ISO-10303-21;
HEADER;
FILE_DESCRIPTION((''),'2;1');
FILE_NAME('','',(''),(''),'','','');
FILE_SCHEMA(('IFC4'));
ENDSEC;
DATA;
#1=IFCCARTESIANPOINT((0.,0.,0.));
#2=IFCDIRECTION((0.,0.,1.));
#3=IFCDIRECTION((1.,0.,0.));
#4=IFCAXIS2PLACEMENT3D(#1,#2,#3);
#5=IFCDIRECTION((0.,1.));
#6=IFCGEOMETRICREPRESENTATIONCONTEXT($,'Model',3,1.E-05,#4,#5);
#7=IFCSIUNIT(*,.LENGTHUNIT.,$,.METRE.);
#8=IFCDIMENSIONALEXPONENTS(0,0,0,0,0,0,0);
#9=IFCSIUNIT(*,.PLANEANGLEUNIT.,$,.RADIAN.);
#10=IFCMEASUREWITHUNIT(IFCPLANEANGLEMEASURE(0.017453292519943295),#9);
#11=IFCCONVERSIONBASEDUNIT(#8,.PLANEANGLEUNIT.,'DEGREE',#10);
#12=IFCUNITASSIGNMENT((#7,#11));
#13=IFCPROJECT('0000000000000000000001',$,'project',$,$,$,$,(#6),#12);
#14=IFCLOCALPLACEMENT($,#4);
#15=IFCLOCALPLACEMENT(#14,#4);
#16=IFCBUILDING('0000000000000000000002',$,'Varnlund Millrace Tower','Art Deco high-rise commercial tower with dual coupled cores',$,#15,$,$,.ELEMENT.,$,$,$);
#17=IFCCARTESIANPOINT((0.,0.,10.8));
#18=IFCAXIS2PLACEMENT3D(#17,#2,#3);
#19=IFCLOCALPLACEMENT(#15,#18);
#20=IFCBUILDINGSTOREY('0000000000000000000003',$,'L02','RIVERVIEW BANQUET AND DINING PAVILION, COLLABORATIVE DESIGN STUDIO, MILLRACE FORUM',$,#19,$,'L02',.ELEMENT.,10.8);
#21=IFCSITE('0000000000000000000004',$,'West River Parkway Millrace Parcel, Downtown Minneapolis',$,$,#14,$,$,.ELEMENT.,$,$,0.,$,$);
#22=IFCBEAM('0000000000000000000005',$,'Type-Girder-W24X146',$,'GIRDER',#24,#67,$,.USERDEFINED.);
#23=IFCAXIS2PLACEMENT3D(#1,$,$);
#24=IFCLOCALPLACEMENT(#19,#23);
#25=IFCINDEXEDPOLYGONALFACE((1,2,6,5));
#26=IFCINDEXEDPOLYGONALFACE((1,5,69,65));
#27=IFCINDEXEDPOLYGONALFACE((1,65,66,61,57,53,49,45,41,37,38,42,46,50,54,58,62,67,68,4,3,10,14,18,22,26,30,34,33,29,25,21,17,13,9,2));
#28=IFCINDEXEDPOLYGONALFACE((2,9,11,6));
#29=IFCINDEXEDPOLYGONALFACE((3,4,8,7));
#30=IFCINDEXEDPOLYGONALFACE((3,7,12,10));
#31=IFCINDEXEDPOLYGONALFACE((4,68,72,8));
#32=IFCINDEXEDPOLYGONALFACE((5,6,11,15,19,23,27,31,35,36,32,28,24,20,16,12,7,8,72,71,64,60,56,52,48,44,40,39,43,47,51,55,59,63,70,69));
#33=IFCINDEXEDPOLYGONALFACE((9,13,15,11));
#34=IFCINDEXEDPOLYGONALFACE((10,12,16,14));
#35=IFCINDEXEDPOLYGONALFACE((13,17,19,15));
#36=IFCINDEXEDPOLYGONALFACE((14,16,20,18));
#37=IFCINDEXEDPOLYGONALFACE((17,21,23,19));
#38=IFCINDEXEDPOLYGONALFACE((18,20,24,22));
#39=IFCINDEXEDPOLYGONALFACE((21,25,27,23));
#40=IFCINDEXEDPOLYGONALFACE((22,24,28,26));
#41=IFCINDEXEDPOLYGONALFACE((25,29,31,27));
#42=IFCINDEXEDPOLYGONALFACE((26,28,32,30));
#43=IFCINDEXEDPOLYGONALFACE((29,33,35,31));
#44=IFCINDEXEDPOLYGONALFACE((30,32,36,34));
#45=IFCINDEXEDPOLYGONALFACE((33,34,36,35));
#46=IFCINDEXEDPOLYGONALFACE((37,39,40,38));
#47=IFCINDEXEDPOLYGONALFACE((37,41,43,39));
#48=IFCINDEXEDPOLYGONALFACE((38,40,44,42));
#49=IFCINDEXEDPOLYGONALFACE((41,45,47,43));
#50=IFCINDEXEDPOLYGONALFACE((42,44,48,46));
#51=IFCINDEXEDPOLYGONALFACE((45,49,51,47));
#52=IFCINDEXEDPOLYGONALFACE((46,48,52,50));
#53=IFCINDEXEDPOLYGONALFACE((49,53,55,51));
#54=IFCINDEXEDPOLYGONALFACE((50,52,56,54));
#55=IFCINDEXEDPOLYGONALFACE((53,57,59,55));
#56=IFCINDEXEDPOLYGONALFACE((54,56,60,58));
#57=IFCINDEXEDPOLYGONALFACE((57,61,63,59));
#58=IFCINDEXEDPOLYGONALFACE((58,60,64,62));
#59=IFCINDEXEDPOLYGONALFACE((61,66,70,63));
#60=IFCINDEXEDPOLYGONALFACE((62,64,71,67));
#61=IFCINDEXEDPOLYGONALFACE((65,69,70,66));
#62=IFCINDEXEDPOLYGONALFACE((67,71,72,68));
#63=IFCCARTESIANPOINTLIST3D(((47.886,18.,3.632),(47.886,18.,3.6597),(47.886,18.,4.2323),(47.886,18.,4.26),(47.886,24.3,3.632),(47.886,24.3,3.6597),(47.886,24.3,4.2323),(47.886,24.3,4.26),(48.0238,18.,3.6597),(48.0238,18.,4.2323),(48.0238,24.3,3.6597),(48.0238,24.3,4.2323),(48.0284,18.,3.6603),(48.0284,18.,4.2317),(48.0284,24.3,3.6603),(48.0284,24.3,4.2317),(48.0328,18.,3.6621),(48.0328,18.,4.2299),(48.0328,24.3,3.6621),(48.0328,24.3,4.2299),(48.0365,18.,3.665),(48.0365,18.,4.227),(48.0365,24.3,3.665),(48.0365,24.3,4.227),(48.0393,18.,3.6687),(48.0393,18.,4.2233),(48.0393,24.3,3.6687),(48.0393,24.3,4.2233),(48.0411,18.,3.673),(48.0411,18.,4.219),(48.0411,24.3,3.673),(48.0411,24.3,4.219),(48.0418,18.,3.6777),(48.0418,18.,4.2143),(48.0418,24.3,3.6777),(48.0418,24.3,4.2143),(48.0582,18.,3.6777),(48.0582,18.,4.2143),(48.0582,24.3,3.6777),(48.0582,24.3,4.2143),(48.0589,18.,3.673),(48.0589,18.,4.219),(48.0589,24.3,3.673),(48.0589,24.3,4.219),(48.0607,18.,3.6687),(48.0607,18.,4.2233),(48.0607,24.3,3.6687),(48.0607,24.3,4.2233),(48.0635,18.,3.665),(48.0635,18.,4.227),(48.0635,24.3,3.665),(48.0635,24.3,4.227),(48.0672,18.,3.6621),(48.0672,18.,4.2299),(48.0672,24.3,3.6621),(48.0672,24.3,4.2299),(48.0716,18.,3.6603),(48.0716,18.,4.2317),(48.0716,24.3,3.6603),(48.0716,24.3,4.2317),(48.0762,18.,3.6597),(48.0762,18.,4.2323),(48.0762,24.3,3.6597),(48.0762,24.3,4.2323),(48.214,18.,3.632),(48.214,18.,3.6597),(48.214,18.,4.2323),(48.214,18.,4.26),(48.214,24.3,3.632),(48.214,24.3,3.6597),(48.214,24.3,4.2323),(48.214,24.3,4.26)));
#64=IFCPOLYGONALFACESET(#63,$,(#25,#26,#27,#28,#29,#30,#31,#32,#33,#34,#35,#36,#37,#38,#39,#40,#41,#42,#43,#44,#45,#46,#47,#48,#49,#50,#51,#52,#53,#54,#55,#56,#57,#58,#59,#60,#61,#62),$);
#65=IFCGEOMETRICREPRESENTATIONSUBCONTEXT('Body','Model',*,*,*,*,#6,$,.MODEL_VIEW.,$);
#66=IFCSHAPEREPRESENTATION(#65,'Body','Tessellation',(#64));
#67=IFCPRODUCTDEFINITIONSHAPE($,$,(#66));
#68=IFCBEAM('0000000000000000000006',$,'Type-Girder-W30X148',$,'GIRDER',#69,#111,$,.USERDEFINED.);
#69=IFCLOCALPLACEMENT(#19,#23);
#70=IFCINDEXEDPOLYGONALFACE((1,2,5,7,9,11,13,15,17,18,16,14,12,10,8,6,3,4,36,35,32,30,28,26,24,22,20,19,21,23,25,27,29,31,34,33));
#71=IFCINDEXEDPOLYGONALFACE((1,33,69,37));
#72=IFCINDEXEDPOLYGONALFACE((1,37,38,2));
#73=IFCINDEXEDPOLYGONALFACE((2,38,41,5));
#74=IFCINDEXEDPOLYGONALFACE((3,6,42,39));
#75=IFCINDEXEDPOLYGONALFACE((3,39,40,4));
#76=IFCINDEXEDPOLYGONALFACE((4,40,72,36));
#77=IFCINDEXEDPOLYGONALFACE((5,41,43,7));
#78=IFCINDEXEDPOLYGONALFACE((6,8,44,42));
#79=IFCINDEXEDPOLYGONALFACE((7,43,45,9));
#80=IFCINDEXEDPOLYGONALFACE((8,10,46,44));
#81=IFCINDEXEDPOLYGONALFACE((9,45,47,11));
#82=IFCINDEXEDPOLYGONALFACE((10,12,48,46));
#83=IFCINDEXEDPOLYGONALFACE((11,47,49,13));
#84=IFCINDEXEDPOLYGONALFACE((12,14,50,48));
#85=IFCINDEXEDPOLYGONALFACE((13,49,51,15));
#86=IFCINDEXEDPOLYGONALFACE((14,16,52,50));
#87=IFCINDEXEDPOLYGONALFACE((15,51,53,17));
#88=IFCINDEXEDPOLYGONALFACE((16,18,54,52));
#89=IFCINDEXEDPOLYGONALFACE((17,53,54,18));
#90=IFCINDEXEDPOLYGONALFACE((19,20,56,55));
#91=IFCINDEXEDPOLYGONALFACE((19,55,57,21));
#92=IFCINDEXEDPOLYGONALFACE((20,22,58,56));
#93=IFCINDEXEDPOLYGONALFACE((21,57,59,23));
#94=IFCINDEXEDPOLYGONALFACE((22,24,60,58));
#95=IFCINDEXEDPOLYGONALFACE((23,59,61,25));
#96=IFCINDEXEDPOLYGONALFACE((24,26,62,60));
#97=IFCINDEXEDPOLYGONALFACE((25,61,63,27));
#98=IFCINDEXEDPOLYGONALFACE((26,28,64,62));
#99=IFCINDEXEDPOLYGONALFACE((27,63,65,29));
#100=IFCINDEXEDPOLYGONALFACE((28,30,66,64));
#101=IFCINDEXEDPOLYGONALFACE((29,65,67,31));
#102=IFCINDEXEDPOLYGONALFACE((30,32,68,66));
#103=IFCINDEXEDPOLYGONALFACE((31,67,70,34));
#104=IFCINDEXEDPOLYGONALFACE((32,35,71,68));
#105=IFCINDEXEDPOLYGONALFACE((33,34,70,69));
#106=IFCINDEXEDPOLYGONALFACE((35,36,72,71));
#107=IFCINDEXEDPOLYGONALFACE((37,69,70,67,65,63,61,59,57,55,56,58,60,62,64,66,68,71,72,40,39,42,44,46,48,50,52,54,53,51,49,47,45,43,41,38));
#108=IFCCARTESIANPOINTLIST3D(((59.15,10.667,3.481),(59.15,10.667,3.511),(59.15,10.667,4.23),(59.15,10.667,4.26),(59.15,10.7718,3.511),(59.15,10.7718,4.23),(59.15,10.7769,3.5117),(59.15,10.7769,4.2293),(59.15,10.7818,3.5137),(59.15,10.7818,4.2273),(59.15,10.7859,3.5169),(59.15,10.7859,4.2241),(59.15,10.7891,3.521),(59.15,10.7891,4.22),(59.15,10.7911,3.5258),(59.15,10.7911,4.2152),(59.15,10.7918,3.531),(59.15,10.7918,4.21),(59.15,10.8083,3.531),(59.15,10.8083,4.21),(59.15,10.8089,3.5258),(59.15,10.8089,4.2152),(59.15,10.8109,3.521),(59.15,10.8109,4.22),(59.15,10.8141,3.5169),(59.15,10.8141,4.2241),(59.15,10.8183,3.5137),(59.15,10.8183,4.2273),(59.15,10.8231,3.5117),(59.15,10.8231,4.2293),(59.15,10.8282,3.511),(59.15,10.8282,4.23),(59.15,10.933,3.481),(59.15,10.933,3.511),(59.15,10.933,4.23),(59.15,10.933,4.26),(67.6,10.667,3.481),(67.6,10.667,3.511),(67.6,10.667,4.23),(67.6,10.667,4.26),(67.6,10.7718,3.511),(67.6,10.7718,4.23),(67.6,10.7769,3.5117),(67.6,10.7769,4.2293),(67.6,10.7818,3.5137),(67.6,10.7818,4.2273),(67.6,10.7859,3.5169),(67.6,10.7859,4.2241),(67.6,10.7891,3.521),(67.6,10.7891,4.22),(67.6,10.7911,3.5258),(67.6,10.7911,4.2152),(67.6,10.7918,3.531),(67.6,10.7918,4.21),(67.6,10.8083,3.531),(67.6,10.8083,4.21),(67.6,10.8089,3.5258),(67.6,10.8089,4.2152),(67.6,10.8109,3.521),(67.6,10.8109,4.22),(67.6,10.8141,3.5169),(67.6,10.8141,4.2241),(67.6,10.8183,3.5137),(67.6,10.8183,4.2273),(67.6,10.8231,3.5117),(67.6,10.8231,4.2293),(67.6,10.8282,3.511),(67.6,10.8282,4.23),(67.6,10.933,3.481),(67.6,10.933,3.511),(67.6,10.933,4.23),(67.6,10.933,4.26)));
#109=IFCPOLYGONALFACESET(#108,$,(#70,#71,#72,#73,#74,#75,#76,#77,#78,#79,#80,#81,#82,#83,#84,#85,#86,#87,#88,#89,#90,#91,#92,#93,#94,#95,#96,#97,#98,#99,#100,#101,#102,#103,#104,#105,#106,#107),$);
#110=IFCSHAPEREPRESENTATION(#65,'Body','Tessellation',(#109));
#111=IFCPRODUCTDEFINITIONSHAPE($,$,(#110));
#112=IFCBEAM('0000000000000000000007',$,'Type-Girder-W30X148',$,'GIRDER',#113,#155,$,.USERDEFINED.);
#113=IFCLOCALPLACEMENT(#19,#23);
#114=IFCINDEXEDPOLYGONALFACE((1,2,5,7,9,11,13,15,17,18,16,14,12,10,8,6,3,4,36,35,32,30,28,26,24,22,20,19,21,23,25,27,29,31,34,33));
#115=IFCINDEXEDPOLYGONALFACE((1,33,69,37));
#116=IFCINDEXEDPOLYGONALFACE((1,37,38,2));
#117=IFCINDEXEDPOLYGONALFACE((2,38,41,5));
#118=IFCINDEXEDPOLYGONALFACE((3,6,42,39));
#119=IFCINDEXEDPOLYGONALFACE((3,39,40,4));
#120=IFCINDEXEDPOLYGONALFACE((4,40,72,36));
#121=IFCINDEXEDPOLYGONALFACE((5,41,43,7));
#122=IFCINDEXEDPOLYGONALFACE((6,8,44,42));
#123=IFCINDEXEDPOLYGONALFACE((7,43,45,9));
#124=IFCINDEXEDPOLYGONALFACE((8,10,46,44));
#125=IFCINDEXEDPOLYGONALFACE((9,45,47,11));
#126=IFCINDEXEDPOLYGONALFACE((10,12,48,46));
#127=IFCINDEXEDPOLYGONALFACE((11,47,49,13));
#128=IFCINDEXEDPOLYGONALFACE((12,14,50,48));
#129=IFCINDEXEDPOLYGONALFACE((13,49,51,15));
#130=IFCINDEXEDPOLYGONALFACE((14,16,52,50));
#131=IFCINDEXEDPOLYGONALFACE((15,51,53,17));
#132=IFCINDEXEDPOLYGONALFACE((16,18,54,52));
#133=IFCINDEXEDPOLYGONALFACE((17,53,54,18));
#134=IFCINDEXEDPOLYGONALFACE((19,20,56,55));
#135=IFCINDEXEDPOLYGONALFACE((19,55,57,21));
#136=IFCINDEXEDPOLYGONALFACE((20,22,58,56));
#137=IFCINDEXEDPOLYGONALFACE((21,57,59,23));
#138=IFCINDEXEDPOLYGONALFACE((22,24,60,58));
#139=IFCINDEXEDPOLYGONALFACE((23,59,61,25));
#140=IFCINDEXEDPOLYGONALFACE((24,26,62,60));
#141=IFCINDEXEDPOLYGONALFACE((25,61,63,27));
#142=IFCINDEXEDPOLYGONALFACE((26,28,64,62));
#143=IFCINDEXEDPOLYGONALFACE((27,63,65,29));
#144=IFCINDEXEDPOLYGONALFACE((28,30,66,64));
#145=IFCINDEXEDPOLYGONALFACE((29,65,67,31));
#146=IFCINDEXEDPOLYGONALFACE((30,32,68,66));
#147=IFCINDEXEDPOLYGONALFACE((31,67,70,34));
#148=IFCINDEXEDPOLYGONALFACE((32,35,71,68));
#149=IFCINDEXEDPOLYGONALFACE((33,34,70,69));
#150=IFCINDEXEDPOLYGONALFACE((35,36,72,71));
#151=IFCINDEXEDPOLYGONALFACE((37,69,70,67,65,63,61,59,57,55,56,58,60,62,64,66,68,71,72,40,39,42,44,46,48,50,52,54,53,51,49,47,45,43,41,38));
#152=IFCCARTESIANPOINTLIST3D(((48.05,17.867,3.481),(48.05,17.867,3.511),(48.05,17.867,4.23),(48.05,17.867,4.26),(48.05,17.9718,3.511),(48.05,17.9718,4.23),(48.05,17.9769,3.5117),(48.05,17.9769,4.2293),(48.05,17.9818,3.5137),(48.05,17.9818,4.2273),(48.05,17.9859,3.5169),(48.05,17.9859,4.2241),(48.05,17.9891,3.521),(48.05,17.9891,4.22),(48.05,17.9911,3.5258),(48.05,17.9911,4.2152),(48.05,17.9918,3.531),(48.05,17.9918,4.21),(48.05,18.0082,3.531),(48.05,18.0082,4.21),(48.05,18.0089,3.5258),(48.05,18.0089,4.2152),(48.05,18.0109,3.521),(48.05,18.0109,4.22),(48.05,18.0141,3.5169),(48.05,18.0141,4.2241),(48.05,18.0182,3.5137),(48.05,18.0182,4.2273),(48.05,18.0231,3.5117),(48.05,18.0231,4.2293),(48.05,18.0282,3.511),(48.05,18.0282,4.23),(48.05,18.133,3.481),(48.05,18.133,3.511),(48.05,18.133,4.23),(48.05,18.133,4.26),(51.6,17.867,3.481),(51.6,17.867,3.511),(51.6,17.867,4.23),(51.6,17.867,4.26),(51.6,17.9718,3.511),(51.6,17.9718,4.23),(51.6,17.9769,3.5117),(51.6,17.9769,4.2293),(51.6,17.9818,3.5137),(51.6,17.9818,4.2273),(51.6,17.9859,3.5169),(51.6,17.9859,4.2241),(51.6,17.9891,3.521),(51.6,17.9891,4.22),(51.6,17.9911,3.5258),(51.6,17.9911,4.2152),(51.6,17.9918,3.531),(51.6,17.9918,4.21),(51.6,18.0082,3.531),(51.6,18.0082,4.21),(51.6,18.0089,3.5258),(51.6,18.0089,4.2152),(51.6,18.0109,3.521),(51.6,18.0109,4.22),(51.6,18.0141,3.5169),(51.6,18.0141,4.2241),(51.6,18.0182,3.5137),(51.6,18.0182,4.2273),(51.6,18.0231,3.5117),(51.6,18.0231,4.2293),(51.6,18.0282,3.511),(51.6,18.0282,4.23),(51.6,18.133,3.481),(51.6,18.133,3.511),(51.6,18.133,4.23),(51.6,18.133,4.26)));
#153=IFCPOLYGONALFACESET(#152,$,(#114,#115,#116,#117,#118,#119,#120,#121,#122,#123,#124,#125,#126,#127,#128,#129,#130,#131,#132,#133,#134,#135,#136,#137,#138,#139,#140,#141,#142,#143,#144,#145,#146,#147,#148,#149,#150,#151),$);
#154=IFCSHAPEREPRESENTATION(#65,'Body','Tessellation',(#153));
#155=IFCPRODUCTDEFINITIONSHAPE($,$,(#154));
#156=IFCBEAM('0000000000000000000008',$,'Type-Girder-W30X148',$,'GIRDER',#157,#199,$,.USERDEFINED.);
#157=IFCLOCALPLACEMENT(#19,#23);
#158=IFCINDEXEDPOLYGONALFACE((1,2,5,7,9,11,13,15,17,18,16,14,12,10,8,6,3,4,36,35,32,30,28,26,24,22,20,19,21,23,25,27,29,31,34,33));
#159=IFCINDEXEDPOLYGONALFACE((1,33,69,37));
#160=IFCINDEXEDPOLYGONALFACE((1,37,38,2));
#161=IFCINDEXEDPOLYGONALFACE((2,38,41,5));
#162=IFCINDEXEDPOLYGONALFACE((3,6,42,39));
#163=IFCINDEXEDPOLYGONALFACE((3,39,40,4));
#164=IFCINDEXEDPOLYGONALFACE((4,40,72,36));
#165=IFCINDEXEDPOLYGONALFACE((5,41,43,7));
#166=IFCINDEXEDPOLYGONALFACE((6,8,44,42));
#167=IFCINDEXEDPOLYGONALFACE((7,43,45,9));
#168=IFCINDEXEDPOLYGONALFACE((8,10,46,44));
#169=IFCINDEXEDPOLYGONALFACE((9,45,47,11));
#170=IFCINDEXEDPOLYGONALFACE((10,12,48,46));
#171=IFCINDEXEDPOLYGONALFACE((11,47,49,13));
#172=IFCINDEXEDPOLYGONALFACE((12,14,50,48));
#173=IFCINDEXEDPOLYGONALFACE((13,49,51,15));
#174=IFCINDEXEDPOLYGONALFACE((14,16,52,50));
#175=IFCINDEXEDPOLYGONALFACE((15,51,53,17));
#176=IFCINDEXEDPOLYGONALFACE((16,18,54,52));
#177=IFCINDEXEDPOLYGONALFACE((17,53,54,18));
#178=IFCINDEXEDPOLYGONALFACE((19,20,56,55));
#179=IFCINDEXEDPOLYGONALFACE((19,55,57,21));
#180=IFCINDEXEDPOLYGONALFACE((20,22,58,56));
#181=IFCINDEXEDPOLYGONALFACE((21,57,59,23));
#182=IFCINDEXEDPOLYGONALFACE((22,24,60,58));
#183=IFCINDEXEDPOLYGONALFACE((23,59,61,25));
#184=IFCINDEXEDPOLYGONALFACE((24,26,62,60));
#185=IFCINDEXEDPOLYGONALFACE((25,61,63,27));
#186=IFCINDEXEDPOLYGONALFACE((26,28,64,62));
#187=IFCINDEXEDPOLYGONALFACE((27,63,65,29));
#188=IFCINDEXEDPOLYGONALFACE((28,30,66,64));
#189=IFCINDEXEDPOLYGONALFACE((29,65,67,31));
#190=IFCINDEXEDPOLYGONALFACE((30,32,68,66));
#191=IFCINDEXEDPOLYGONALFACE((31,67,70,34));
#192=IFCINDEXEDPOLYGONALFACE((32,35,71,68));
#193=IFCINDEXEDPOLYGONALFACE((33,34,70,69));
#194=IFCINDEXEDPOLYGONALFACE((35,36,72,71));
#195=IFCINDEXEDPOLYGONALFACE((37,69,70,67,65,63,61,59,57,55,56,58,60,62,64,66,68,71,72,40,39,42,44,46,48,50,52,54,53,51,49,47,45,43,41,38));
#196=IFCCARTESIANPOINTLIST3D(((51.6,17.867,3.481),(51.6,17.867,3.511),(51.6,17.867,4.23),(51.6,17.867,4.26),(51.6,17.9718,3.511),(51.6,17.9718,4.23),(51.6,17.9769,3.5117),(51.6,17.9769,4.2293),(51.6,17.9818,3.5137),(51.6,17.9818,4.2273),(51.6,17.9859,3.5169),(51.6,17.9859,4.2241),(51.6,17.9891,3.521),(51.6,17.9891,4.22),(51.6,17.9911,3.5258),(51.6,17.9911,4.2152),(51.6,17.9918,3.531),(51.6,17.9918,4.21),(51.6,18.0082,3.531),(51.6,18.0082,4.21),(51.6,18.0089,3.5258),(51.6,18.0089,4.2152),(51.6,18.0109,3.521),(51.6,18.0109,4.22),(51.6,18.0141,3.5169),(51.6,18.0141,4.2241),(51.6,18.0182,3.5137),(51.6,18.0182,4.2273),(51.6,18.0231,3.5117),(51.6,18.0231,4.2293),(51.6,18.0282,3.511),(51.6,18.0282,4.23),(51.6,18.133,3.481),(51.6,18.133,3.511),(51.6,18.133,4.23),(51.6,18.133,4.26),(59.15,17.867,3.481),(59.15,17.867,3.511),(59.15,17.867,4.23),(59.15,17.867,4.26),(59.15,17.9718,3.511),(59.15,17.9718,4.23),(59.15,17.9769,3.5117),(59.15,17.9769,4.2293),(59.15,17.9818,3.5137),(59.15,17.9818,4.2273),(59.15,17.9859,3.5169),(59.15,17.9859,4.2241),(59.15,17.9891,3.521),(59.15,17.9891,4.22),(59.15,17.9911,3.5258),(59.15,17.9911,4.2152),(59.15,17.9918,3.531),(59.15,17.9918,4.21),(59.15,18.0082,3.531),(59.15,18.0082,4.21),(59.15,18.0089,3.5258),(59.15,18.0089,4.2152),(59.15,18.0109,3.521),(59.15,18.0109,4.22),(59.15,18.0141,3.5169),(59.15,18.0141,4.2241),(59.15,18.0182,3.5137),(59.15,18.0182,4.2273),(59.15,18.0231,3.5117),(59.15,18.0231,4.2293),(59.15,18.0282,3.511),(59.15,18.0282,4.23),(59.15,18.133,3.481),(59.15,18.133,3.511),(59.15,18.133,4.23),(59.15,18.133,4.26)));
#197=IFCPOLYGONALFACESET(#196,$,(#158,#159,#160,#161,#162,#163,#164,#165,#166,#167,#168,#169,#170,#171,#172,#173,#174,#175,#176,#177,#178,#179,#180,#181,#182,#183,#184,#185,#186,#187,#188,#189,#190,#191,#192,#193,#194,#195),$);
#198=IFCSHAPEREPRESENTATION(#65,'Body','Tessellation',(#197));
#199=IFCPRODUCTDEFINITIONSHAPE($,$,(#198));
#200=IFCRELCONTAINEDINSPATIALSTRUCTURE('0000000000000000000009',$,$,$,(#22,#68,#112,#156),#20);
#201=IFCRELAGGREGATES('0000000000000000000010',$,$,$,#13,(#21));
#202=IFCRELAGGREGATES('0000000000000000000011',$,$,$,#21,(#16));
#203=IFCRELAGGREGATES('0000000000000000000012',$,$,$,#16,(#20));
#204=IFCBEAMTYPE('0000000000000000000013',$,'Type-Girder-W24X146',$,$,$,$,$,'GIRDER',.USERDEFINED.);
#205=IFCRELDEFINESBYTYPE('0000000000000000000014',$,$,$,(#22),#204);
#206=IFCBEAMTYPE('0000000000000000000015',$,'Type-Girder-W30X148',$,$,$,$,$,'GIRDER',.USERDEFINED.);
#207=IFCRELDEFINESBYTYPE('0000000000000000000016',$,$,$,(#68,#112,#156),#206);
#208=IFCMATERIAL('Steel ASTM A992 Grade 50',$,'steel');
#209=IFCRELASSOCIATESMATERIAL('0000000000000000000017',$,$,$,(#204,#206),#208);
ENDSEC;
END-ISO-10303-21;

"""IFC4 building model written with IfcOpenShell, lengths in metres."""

from ifc_helpers import new_model, entity, si_unit, converted_unit, direction, frame, origin_with_axes, origin_2d_with_axis, place, context, subcontext, project, spatial, i_section, extrude, material, material_profile, profile_set, type_object, element, save


model = new_model("IFC4")

# Units and contexts
model_context = context("Model", 3, precision=1e-05, world=origin_with_axes(), true_north=direction((0.0, 1.0)))
body_context = subcontext(model_context, "Body", "Model", "MODEL_VIEW")
ifc_project = project(units=[si_unit("LENGTHUNIT", "METRE"), converted_unit("PLANEANGLEUNIT", "DEGREE", entity("IfcPlaneAngleMeasure", 0.017453292519943295), si_unit("PLANEANGLEUNIT", "RADIAN"), dimensions=[0, 0, 0, 0, 0, 0, 0])], contexts=[model_context])

# Site, building, storey
site_placement = place(None, origin_with_axes())
site = spatial("IfcSite", under=ifc_project, at=site_placement, Name="West River Parkway Millrace Parcel, Downtown Minneapolis", CompositionType="ELEMENT", RefElevation=0.0)
building_placement = place(site_placement, origin_with_axes())
building = spatial("IfcBuilding", under=site, at=building_placement, Name="Varnlund Millrace Tower", Description="Art Deco high-rise commercial tower with dual coupled cores", CompositionType="ELEMENT")
storey_placement = place(building_placement, frame((0.0, 0.0, 10.8), z_axis=(0.0, 0.0, 1.0), x_axis=(1.0, 0.0, 0.0)))
storey = spatial("IfcBuildingStorey", under=building, at=storey_placement, Name="L02", Description="RIVERVIEW BANQUET AND DINING PAVILION, COLLABORATIVE DESIGN STUDIO, MILLRACE FORUM", LongName="L02", CompositionType="ELEMENT", Elevation=10.8)

# Beams
ifc_material_1 = material(Name="Steel ASTM A992 Grade 50", Category="steel")
ifc_material_profile_1 = material_profile(ifc_material_1, i_section(OverallWidth=0.328, OverallDepth=0.628, WebThickness=0.0165, FlangeThickness=0.0277, FilletRadius=0.018, at=origin_2d_with_axis()), Name="Steel ASTM A992 Grade 50")
ifc_profile_set_1 = profile_set([ifc_material_profile_1], Name="Steel ASTM A992 Grade 50")
beam_type_1 = type_object("IfcBeamType", Name="Type-Girder-W24X146", ElementType="GIRDER", PredefinedType="USERDEFINED", material=ifc_profile_set_1)
beam_1_placement = place(storey_placement, frame((48.05, 18.0, 3.946), z_axis=(0.0, 1.0, 0.0), x_axis=(-1.0, 0.0, 0.0)))
element("IfcBeam", 1, at=beam_1_placement, inside=storey, type_object=beam_type_1, Name="Type-Girder-W24X146", ObjectType="GIRDER", PredefinedType="USERDEFINED", context=body_context, shape_type="SweptSolid", body=[
    extrude(i_section(OverallWidth=0.328, OverallDepth=0.628, WebThickness=0.0165, FlangeThickness=0.0277, FilletRadius=0.018, at=origin_2d_with_axis()), origin_with_axes(), (0.0, 0.0, 1.0), 6.3),
])
ifc_material_profile_2 = material_profile(ifc_material_1, i_section(OverallWidth=0.266, OverallDepth=0.779, WebThickness=0.0165, FlangeThickness=0.03, FilletRadius=0.02, at=origin_2d_with_axis()), Name="Steel ASTM A992 Grade 50")
ifc_profile_set_2 = profile_set([ifc_material_profile_2], Name="Steel ASTM A992 Grade 50")
beam_type_2 = type_object("IfcBeamType", Name="Type-Girder-W30X148", ElementType="GIRDER", PredefinedType="USERDEFINED", material=ifc_profile_set_2)
beam_2_placement = place(storey_placement, frame((59.15, 10.8, 3.8705), z_axis=(1.0, 0.0, 0.0), x_axis=(0.0, 1.0, 0.0)))
element("IfcBeam", 2, at=beam_2_placement, inside=storey, type_object=beam_type_2, Name="Type-Girder-W30X148", ObjectType="GIRDER", PredefinedType="USERDEFINED", context=body_context, shape_type="SweptSolid", body=[
    extrude(i_section(OverallWidth=0.266, OverallDepth=0.779, WebThickness=0.0165, FlangeThickness=0.03, FilletRadius=0.02, at=origin_2d_with_axis()), origin_with_axes(), (0.0, 0.0, 1.0), 8.45),
])
beam_3_placement = place(storey_placement, frame((48.05, 18.0, 3.8705), z_axis=(1.0, 0.0, 0.0), x_axis=(0.0, 1.0, 0.0)))
element("IfcBeam", 3, at=beam_3_placement, inside=storey, type_object=beam_type_2, Name="Type-Girder-W30X148", ObjectType="GIRDER", PredefinedType="USERDEFINED", context=body_context, shape_type="SweptSolid", body=[
    extrude(i_section(OverallWidth=0.266, OverallDepth=0.779, WebThickness=0.0165, FlangeThickness=0.03, FilletRadius=0.02, at=origin_2d_with_axis()), origin_with_axes(), (0.0, 0.0, 1.0), 3.55),
])
beam_4_placement = place(storey_placement, frame((51.6, 18.0, 3.8705), z_axis=(1.0, 0.0, 0.0), x_axis=(0.0, 1.0, 0.0)))
element("IfcBeam", 4, at=beam_4_placement, inside=storey, type_object=beam_type_2, Name="Type-Girder-W30X148", ObjectType="GIRDER", PredefinedType="USERDEFINED", context=body_context, shape_type="SweptSolid", body=[
    extrude(i_section(OverallWidth=0.266, OverallDepth=0.779, WebThickness=0.0165, FlangeThickness=0.03, FilletRadius=0.02, at=origin_2d_with_axis()), origin_with_axes(), (0.0, 0.0, 1.0), 7.55),
])

save(model, "model.ifc")
